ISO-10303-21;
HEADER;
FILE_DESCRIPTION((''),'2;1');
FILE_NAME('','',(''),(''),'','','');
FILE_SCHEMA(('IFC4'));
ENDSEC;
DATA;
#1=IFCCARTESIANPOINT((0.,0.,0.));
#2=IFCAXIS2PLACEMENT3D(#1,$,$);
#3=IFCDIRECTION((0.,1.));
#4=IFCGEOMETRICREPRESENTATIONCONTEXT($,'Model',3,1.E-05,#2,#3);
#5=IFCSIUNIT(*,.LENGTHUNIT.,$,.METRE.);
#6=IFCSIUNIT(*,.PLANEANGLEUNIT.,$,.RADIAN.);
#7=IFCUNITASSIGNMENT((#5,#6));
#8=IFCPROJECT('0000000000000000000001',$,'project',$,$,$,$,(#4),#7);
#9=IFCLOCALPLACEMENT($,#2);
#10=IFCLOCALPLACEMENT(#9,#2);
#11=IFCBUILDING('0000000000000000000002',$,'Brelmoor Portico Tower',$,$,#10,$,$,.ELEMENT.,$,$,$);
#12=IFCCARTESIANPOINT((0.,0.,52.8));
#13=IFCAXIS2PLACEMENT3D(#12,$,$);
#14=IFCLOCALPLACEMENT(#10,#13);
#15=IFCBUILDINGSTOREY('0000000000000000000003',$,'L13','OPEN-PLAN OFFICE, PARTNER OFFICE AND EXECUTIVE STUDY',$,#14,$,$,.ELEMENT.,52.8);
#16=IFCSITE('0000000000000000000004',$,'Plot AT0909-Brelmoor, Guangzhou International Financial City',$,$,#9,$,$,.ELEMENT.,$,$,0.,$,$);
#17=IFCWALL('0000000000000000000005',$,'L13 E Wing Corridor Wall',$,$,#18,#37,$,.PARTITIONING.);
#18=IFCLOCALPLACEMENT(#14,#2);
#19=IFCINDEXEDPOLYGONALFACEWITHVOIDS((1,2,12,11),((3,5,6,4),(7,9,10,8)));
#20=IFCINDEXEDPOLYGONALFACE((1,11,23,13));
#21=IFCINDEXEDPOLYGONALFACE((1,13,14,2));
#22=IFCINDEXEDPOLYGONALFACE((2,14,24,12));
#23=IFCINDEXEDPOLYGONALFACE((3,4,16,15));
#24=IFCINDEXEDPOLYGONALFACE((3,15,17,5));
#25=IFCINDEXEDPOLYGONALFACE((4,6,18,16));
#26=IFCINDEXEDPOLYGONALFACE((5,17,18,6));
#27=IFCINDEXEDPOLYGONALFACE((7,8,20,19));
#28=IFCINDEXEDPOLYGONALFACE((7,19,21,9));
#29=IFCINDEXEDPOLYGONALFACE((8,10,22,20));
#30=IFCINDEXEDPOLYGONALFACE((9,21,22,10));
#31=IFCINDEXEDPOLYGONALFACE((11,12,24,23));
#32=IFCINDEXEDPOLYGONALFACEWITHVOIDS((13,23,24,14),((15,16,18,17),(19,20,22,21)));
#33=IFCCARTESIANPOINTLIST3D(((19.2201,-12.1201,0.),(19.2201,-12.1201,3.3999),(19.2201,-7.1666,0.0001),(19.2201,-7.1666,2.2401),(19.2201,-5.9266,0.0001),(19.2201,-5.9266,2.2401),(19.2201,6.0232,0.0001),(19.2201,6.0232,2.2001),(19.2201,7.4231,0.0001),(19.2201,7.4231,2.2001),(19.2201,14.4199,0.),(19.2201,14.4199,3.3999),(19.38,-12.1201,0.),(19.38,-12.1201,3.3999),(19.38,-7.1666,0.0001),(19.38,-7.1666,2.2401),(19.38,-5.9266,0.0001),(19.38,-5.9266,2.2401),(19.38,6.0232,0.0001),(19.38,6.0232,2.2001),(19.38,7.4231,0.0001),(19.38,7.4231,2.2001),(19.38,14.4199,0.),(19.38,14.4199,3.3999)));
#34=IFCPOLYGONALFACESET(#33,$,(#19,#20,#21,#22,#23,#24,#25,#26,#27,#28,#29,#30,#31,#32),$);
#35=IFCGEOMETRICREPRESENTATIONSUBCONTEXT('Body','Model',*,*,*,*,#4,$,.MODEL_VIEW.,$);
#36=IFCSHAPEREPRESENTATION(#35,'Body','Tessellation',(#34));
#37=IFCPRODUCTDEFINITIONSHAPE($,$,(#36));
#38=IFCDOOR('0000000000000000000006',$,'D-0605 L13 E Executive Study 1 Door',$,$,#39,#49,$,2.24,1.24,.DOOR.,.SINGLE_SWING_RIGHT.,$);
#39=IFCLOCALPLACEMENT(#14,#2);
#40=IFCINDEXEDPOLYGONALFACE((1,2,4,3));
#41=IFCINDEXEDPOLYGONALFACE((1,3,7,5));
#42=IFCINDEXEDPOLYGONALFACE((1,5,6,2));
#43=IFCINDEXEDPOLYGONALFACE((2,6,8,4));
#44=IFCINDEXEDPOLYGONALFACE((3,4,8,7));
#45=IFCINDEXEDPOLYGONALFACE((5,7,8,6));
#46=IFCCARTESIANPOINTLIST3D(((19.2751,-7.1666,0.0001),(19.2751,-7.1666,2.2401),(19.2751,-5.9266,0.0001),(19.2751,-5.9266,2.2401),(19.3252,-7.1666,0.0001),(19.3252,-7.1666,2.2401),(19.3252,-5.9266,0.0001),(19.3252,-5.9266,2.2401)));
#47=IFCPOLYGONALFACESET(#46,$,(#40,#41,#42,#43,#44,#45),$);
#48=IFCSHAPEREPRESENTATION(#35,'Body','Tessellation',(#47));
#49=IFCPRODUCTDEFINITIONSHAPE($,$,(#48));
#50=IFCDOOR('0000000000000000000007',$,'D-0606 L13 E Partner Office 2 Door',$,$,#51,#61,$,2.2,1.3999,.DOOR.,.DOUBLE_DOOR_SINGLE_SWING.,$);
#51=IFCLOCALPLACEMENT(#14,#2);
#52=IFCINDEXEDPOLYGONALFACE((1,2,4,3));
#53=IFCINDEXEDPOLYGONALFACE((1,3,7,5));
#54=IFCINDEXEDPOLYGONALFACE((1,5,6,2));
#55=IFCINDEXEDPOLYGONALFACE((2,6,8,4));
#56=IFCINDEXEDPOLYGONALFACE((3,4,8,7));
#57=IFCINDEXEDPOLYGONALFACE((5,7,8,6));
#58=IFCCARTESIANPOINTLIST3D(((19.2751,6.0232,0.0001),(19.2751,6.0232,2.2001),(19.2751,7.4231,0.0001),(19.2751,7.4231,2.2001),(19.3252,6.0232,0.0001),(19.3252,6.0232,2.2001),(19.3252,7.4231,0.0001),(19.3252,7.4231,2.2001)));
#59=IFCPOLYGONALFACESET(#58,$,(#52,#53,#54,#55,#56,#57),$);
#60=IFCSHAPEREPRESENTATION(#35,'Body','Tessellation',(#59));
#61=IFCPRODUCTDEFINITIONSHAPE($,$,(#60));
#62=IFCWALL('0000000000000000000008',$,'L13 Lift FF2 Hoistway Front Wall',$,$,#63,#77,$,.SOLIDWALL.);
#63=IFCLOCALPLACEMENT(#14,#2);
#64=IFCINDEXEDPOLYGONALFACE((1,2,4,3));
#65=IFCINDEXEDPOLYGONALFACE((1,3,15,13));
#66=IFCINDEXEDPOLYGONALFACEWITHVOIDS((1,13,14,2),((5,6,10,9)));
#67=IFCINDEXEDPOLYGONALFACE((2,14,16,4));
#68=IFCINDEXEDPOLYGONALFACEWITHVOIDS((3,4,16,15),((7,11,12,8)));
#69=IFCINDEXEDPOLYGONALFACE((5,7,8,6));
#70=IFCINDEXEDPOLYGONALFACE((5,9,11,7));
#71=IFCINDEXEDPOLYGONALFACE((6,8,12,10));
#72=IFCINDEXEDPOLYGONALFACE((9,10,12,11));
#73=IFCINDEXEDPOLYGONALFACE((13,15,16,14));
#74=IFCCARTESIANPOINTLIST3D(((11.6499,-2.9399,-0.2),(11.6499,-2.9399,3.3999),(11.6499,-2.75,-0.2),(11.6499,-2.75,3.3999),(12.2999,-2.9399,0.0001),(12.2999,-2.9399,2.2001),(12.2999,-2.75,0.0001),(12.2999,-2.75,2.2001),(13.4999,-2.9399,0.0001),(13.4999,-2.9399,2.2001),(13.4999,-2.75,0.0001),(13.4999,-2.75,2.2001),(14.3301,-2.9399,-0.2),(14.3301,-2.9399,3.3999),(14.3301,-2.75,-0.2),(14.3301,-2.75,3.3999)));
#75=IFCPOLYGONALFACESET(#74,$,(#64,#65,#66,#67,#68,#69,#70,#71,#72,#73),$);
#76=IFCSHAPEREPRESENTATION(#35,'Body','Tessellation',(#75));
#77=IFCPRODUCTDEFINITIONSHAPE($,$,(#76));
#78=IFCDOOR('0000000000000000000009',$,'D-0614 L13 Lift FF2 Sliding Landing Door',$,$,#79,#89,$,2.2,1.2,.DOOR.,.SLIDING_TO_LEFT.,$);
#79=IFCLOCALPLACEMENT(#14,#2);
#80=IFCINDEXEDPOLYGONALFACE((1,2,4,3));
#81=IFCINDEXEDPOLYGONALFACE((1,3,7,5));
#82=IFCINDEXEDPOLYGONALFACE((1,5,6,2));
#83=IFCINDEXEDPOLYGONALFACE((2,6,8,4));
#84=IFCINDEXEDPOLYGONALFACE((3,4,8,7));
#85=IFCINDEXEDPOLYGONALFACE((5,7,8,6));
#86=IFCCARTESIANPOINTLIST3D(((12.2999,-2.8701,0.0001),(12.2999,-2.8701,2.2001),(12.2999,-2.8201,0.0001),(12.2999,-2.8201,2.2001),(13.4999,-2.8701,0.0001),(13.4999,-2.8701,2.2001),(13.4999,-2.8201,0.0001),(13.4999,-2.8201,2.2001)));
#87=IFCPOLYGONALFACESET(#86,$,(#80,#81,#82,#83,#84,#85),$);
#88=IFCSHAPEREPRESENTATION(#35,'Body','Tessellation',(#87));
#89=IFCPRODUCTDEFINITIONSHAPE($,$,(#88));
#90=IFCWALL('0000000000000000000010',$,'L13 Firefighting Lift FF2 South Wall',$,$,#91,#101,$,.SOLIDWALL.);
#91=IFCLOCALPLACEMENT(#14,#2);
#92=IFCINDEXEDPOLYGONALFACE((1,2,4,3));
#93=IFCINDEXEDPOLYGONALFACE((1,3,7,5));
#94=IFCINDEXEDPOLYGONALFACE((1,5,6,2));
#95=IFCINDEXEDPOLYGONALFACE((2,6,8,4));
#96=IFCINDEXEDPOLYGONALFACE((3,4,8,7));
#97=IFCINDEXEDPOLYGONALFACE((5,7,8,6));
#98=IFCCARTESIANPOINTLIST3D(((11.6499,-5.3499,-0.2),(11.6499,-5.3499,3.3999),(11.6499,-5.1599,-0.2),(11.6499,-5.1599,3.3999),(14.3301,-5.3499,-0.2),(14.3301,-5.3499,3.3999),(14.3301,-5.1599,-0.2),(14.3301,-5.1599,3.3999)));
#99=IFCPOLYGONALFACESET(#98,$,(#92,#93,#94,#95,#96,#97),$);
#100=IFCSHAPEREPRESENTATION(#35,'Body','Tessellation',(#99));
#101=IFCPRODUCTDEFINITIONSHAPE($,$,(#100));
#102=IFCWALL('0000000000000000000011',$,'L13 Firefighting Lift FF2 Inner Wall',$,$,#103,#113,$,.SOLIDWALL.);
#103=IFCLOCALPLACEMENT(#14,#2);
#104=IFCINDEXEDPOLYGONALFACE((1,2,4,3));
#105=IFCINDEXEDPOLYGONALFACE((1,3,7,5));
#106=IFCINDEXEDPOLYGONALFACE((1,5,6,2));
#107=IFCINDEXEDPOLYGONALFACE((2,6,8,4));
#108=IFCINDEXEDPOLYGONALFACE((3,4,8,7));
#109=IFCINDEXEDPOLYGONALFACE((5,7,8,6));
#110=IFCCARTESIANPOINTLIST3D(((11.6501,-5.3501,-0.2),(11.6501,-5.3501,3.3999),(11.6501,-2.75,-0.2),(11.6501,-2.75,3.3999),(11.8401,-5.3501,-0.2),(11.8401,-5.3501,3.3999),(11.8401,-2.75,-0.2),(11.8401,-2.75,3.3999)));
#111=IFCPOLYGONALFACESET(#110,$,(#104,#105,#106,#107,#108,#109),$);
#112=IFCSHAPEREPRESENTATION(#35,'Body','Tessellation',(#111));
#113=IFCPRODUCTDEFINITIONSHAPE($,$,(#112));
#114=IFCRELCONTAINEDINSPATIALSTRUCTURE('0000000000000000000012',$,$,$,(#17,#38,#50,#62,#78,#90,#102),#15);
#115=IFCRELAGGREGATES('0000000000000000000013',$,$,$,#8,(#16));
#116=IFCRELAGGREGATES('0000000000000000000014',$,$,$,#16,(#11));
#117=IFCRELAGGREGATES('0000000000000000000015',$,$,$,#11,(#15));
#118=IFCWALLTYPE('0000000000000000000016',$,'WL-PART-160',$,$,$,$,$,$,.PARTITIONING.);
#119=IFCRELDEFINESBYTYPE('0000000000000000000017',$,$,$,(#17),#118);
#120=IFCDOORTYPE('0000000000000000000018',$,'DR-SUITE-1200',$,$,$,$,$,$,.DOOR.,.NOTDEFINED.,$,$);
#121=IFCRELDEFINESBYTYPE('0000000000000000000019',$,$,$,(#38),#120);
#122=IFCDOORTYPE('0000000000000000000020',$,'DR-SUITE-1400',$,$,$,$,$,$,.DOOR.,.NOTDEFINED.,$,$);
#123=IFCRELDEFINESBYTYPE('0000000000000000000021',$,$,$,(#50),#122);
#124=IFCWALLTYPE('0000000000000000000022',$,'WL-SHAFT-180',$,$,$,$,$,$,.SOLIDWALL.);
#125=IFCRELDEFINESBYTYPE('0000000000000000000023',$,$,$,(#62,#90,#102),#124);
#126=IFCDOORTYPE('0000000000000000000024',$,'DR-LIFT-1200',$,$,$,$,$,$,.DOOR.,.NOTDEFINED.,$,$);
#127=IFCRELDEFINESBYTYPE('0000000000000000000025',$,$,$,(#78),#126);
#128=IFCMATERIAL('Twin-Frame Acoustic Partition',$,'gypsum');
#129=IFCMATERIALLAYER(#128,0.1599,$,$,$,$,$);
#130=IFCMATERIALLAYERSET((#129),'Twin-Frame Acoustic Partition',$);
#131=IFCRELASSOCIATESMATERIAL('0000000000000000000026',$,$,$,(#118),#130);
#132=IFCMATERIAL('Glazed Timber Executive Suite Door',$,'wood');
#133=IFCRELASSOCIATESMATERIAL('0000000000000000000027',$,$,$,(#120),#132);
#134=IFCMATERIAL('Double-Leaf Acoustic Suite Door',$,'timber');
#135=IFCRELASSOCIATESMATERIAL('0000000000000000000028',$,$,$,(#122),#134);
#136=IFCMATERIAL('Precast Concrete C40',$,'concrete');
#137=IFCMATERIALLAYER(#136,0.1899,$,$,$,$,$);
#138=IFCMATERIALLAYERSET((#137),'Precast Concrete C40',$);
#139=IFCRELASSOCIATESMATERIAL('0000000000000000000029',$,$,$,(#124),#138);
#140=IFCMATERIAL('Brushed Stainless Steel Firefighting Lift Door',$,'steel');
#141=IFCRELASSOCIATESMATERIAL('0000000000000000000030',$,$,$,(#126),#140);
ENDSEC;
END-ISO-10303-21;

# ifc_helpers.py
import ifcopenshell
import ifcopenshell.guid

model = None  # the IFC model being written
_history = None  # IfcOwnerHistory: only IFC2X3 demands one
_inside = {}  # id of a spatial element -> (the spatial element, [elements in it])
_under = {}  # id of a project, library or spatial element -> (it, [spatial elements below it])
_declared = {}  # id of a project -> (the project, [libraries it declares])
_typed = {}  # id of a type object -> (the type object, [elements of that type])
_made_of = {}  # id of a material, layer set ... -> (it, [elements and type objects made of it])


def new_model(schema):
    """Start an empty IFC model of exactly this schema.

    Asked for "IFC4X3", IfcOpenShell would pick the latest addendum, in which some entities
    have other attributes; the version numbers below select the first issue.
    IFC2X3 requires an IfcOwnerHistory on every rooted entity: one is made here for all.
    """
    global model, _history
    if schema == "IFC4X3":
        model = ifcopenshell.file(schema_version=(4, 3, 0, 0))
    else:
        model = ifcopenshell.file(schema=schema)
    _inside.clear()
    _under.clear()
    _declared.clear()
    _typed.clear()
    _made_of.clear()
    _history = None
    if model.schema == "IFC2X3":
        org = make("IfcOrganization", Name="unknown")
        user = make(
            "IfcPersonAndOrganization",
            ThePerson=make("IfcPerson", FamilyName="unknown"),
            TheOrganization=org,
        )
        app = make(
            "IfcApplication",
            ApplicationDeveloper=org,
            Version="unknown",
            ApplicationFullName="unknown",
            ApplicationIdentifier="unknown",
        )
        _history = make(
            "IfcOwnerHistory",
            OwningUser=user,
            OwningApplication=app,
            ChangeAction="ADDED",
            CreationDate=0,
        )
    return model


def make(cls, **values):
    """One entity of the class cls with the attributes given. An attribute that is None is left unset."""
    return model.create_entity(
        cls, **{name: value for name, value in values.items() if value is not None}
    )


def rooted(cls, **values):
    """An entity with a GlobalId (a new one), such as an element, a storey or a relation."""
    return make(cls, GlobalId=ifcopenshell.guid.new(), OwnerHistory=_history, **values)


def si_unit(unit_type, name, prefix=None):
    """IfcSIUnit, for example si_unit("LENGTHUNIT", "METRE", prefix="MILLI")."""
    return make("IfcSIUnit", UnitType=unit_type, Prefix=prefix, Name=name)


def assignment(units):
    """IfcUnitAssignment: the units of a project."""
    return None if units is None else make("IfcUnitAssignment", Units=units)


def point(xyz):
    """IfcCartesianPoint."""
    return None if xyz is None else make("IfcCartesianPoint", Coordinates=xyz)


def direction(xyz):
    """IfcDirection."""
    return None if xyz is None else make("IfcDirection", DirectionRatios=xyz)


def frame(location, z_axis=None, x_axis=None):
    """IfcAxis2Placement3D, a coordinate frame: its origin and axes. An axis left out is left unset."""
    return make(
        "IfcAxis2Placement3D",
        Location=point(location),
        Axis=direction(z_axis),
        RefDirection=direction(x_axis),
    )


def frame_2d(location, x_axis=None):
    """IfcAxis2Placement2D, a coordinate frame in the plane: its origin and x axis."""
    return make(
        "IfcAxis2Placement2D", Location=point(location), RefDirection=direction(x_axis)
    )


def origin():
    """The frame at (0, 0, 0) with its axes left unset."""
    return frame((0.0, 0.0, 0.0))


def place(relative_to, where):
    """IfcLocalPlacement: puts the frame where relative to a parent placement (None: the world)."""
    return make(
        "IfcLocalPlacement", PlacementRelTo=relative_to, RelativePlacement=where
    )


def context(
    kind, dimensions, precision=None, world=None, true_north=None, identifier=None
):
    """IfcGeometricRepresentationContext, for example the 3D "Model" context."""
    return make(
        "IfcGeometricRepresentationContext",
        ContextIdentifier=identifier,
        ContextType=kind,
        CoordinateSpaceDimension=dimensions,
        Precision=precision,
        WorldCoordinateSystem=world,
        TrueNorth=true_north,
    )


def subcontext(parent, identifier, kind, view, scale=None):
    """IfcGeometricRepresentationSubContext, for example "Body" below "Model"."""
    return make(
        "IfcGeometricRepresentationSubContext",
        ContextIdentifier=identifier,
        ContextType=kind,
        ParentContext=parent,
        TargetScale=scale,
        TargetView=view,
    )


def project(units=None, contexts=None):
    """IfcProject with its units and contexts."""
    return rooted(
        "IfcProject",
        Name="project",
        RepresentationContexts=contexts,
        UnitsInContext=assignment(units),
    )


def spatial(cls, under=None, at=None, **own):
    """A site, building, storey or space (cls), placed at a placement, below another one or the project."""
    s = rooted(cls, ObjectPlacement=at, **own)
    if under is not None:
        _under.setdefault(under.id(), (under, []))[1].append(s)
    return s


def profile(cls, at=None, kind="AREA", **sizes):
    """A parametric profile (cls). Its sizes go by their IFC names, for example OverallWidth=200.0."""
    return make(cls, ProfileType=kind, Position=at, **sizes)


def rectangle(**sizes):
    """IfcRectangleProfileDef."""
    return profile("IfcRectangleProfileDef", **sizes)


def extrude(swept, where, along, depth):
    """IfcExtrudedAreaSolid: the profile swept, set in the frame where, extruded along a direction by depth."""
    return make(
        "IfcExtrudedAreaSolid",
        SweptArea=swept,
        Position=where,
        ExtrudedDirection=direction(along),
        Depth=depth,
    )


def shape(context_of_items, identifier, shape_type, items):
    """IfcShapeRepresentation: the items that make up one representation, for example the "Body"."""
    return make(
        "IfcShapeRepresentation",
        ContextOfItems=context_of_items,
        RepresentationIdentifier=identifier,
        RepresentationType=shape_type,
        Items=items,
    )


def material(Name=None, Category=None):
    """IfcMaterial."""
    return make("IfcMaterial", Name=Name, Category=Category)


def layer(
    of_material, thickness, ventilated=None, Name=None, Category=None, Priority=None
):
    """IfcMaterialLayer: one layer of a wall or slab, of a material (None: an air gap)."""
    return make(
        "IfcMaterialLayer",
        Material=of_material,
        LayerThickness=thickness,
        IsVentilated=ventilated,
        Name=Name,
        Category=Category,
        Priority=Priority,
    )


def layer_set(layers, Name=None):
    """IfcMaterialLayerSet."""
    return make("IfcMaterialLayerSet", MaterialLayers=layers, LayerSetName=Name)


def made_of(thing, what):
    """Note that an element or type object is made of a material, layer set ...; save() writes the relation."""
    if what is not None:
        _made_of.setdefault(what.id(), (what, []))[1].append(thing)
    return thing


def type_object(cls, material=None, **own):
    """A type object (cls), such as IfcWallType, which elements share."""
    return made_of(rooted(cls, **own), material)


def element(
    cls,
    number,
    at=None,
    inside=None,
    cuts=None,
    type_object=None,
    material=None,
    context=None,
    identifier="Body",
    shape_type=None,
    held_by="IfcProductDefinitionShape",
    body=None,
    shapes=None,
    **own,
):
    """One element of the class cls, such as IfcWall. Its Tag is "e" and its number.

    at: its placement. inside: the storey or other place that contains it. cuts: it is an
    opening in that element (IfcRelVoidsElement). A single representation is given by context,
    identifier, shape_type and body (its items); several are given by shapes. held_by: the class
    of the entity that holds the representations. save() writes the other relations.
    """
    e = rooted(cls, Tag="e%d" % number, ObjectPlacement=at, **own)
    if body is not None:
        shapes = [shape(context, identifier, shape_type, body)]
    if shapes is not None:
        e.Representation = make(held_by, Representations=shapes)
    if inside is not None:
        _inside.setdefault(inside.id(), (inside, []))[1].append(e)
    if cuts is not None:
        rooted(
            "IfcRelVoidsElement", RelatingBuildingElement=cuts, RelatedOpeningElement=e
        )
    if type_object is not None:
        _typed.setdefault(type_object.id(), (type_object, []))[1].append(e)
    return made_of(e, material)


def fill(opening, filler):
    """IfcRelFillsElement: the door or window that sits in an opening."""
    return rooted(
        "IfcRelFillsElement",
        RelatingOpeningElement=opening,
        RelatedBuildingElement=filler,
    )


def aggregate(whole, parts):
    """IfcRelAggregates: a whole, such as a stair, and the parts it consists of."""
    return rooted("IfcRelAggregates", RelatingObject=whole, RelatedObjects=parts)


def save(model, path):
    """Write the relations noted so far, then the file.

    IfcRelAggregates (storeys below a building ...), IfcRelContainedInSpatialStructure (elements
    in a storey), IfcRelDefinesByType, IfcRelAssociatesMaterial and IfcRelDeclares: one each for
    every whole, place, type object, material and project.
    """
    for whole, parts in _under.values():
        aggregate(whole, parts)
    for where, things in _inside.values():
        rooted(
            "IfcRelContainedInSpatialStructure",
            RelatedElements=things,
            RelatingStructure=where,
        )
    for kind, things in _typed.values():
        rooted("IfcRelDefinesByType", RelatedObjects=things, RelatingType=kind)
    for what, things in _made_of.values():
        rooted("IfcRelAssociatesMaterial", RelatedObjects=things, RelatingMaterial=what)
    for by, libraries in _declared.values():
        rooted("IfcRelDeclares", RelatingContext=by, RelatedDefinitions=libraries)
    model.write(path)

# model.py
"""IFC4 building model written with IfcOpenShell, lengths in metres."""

from ifc_helpers import new_model, si_unit, direction, frame, frame_2d, origin, place, context, subcontext, project, spatial, rectangle, extrude, material, layer, layer_set, type_object, element, fill, save


model = new_model("IFC4")

# Units and contexts
model_context = context("Model", 3, precision=1e-05, world=origin(), true_north=direction((0.0, 1.0)))
body_context = subcontext(model_context, "Body", "Model", "MODEL_VIEW")
ifc_project = project(units=[si_unit("LENGTHUNIT", "METRE"), si_unit("PLANEANGLEUNIT", "RADIAN")], contexts=[model_context])

# Site, building, storey
site_placement = place(None, origin())
site = spatial("IfcSite", under=ifc_project, at=site_placement, Name="Plot AT0909-Brelmoor, Guangzhou International Financial City", CompositionType="ELEMENT", RefElevation=0.0)
building_placement = place(site_placement, origin())
building = spatial("IfcBuilding", under=site, at=building_placement, Name="Brelmoor Portico Tower", CompositionType="ELEMENT")
storey_placement = place(building_placement, frame((0.0, 0.0, 52.8)))
storey = spatial("IfcBuildingStorey", under=building, at=storey_placement, Name="L13", Description="OPEN-PLAN OFFICE, PARTNER OFFICE AND EXECUTIVE STUDY", CompositionType="ELEMENT", Elevation=52.8)

# Wall, openings, doors
ifc_material_1 = material(Name="Twin-Frame Acoustic Partition", Category="gypsum")
ifc_layer_1 = layer(ifc_material_1, 0.1599)
ifc_layer_set_1 = layer_set([ifc_layer_1], Name="Twin-Frame Acoustic Partition")
wall_type_1 = type_object("IfcWallType", Name="WL-PART-160", PredefinedType="PARTITIONING", material=ifc_layer_set_1)
wall_1_placement = place(storey_placement, frame((19.3, -12.1201, 0.0), z_axis=(0.0, 0.0, 1.0), x_axis=(0.0, 1.0, 0.0)))
wall_1 = element("IfcWall", 1, at=wall_1_placement, inside=storey, type_object=wall_type_1, Name="L13 E Wing Corridor Wall", PredefinedType="PARTITIONING", context=body_context, shape_type="SweptSolid", body=[
    extrude(rectangle(XDim=26.54, YDim=0.1599, at=frame_2d((13.27, 0.0))), origin(), (0.0, 0.0, 1.0), 3.3999),
])
opening_1_placement = place(wall_1_placement, frame((4.9534, 0.0, 0.0)))
opening_1 = element("IfcOpeningElement", 2, at=opening_1_placement, cuts=wall_1, PredefinedType="OPENING", context=body_context, shape_type="SweptSolid", body=[
    extrude(rectangle(XDim=1.24, YDim=2.24, at=frame_2d((0.6201, 1.1201))), frame((0.0, 0.0898, 0.0), z_axis=(0.0, -1.0, 0.0), x_axis=(1.0, 0.0, 0.0)), (0.0, 0.0, 1.0), 0.1799),
])
opening_2_placement = place(wall_1_placement, frame((18.1433, 0.0, 0.0)))
opening_2 = element("IfcOpeningElement", 3, at=opening_2_placement, cuts=wall_1, PredefinedType="OPENING", context=body_context, shape_type="SweptSolid", body=[
    extrude(rectangle(XDim=1.3999, YDim=2.2, at=frame_2d((0.7, 1.1001))), frame((0.0, 0.0898, 0.0), z_axis=(0.0, -1.0, 0.0), x_axis=(1.0, 0.0, 0.0)), (0.0, 0.0, 1.0), 0.1799),
])
ifc_material_2 = material(Name="Glazed Timber Executive Suite Door", Category="wood")
door_type_1 = type_object("IfcDoorType", Name="DR-SUITE-1200", OperationType="NOTDEFINED", PredefinedType="DOOR", material=ifc_material_2)
door_1_placement = place(opening_1_placement, origin())
door_1 = element("IfcDoor", 4, at=door_1_placement, inside=storey, type_object=door_type_1, Name="D-0605 L13 E Executive Study 1 Door", OperationType="SINGLE_SWING_RIGHT", OverallHeight=2.24, OverallWidth=1.24, PredefinedType="DOOR", context=body_context, shape_type="SweptSolid", body=[
    extrude(rectangle(XDim=1.24, YDim=2.24, at=frame_2d((0.6201, 1.1201))), frame((0.0, 0.0249, 0.0), z_axis=(0.0, -1.0, 0.0), x_axis=(1.0, 0.0, 0.0)), (0.0, 0.0, 1.0), 0.05),
])
fill(opening_1, door_1)
ifc_material_3 = material(Name="Double-Leaf Acoustic Suite Door", Category="timber")
door_type_2 = type_object("IfcDoorType", Name="DR-SUITE-1400", OperationType="NOTDEFINED", PredefinedType="DOOR", material=ifc_material_3)
door_2_placement = place(opening_2_placement, origin())
door_2 = element("IfcDoor", 5, at=door_2_placement, inside=storey, type_object=door_type_2, Name="D-0606 L13 E Partner Office 2 Door", OperationType="DOUBLE_DOOR_SINGLE_SWING", OverallHeight=2.2, OverallWidth=1.3999, PredefinedType="DOOR", context=body_context, shape_type="SweptSolid", body=[
    extrude(rectangle(XDim=1.3999, YDim=2.2, at=frame_2d((0.7, 1.1001))), frame((0.0, 0.0249, 0.0), z_axis=(0.0, -1.0, 0.0), x_axis=(1.0, 0.0, 0.0)), (0.0, 0.0, 1.0), 0.05),
])
fill(opening_2, door_2)

# Wall, opening, door
ifc_material_4 = material(Name="Precast Concrete C40", Category="concrete")
ifc_layer_2 = layer(ifc_material_4, 0.1899)
ifc_layer_set_2 = layer_set([ifc_layer_2], Name="Precast Concrete C40")
wall_type_2 = type_object("IfcWallType", Name="WL-SHAFT-180", PredefinedType="SOLIDWALL", material=ifc_layer_set_2)
wall_2_placement = place(storey_placement, frame((11.6499, -2.845, -0.2), z_axis=(0.0, 0.0, 1.0), x_axis=(1.0, 0.0, 0.0)))
wall_2 = element("IfcWall", 6, at=wall_2_placement, inside=storey, type_object=wall_type_2, Name="L13 Lift FF2 Hoistway Front Wall", PredefinedType="SOLIDWALL", context=body_context, shape_type="SweptSolid", body=[
    extrude(rectangle(XDim=2.6802, YDim=0.1899, at=frame_2d((1.3401, 0.0))), origin(), (0.0, 0.0, 1.0), 3.5999),
])
opening_3_placement = place(wall_2_placement, frame((0.6499, 0.0, 0.2)))
opening_3 = element("IfcOpeningElement", 7, at=opening_3_placement, cuts=wall_2, PredefinedType="OPENING", context=body_context, shape_type="SweptSolid", body=[
    extrude(rectangle(XDim=1.2, YDim=2.2, at=frame_2d((0.6001, 1.1001))), frame((0.0, 0.105, 0.0), z_axis=(0.0, -1.0, 0.0), x_axis=(1.0, 0.0, 0.0)), (0.0, 0.0, 1.0), 0.21),
])
ifc_material_5 = material(Name="Brushed Stainless Steel Firefighting Lift Door", Category="steel")
door_type_3 = type_object("IfcDoorType", Name="DR-LIFT-1200", OperationType="NOTDEFINED", PredefinedType="DOOR", material=ifc_material_5)
door_3_placement = place(opening_3_placement, origin())
door_3 = element("IfcDoor", 8, at=door_3_placement, inside=storey, type_object=door_type_3, Name="D-0614 L13 Lift FF2 Sliding Landing Door", OperationType="SLIDING_TO_LEFT", OverallHeight=2.2, OverallWidth=1.2, PredefinedType="DOOR", context=body_context, shape_type="SweptSolid", body=[
    extrude(rectangle(XDim=1.2, YDim=2.2, at=frame_2d((0.6001, 1.1001))), frame((0.0, 0.0249, 0.0), z_axis=(0.0, -1.0, 0.0), x_axis=(1.0, 0.0, 0.0)), (0.0, 0.0, 1.0), 0.05),
])
fill(opening_3, door_3)

# Walls
wall_3_placement = place(storey_placement, frame((11.6499, -5.2549, -0.2), z_axis=(0.0, 0.0, 1.0), x_axis=(1.0, 0.0, 0.0)))
element("IfcWall", 9, at=wall_3_placement, inside=storey, type_object=wall_type_2, Name="L13 Firefighting Lift FF2 South Wall", PredefinedType="SOLIDWALL", context=body_context, shape_type="SweptSolid", body=[
    extrude(rectangle(XDim=2.6802, YDim=0.1899, at=frame_2d((1.3401, 0.0))), origin(), (0.0, 0.0, 1.0), 3.5999),
])
wall_4_placement = place(storey_placement, frame((11.7451, -5.3501, -0.2), z_axis=(0.0, 0.0, 1.0), x_axis=(0.0, 1.0, 0.0)))
element("IfcWall", 10, at=wall_4_placement, inside=storey, type_object=wall_type_2, Name="L13 Firefighting Lift FF2 Inner Wall", PredefinedType="SOLIDWALL", context=body_context, shape_type="SweptSolid", body=[
    extrude(rectangle(XDim=2.6001, YDim=0.1899, at=frame_2d((1.3, 0.0))), origin(), (0.0, 0.0, 1.0), 3.5999),
])

save(model, "model.ifc")
